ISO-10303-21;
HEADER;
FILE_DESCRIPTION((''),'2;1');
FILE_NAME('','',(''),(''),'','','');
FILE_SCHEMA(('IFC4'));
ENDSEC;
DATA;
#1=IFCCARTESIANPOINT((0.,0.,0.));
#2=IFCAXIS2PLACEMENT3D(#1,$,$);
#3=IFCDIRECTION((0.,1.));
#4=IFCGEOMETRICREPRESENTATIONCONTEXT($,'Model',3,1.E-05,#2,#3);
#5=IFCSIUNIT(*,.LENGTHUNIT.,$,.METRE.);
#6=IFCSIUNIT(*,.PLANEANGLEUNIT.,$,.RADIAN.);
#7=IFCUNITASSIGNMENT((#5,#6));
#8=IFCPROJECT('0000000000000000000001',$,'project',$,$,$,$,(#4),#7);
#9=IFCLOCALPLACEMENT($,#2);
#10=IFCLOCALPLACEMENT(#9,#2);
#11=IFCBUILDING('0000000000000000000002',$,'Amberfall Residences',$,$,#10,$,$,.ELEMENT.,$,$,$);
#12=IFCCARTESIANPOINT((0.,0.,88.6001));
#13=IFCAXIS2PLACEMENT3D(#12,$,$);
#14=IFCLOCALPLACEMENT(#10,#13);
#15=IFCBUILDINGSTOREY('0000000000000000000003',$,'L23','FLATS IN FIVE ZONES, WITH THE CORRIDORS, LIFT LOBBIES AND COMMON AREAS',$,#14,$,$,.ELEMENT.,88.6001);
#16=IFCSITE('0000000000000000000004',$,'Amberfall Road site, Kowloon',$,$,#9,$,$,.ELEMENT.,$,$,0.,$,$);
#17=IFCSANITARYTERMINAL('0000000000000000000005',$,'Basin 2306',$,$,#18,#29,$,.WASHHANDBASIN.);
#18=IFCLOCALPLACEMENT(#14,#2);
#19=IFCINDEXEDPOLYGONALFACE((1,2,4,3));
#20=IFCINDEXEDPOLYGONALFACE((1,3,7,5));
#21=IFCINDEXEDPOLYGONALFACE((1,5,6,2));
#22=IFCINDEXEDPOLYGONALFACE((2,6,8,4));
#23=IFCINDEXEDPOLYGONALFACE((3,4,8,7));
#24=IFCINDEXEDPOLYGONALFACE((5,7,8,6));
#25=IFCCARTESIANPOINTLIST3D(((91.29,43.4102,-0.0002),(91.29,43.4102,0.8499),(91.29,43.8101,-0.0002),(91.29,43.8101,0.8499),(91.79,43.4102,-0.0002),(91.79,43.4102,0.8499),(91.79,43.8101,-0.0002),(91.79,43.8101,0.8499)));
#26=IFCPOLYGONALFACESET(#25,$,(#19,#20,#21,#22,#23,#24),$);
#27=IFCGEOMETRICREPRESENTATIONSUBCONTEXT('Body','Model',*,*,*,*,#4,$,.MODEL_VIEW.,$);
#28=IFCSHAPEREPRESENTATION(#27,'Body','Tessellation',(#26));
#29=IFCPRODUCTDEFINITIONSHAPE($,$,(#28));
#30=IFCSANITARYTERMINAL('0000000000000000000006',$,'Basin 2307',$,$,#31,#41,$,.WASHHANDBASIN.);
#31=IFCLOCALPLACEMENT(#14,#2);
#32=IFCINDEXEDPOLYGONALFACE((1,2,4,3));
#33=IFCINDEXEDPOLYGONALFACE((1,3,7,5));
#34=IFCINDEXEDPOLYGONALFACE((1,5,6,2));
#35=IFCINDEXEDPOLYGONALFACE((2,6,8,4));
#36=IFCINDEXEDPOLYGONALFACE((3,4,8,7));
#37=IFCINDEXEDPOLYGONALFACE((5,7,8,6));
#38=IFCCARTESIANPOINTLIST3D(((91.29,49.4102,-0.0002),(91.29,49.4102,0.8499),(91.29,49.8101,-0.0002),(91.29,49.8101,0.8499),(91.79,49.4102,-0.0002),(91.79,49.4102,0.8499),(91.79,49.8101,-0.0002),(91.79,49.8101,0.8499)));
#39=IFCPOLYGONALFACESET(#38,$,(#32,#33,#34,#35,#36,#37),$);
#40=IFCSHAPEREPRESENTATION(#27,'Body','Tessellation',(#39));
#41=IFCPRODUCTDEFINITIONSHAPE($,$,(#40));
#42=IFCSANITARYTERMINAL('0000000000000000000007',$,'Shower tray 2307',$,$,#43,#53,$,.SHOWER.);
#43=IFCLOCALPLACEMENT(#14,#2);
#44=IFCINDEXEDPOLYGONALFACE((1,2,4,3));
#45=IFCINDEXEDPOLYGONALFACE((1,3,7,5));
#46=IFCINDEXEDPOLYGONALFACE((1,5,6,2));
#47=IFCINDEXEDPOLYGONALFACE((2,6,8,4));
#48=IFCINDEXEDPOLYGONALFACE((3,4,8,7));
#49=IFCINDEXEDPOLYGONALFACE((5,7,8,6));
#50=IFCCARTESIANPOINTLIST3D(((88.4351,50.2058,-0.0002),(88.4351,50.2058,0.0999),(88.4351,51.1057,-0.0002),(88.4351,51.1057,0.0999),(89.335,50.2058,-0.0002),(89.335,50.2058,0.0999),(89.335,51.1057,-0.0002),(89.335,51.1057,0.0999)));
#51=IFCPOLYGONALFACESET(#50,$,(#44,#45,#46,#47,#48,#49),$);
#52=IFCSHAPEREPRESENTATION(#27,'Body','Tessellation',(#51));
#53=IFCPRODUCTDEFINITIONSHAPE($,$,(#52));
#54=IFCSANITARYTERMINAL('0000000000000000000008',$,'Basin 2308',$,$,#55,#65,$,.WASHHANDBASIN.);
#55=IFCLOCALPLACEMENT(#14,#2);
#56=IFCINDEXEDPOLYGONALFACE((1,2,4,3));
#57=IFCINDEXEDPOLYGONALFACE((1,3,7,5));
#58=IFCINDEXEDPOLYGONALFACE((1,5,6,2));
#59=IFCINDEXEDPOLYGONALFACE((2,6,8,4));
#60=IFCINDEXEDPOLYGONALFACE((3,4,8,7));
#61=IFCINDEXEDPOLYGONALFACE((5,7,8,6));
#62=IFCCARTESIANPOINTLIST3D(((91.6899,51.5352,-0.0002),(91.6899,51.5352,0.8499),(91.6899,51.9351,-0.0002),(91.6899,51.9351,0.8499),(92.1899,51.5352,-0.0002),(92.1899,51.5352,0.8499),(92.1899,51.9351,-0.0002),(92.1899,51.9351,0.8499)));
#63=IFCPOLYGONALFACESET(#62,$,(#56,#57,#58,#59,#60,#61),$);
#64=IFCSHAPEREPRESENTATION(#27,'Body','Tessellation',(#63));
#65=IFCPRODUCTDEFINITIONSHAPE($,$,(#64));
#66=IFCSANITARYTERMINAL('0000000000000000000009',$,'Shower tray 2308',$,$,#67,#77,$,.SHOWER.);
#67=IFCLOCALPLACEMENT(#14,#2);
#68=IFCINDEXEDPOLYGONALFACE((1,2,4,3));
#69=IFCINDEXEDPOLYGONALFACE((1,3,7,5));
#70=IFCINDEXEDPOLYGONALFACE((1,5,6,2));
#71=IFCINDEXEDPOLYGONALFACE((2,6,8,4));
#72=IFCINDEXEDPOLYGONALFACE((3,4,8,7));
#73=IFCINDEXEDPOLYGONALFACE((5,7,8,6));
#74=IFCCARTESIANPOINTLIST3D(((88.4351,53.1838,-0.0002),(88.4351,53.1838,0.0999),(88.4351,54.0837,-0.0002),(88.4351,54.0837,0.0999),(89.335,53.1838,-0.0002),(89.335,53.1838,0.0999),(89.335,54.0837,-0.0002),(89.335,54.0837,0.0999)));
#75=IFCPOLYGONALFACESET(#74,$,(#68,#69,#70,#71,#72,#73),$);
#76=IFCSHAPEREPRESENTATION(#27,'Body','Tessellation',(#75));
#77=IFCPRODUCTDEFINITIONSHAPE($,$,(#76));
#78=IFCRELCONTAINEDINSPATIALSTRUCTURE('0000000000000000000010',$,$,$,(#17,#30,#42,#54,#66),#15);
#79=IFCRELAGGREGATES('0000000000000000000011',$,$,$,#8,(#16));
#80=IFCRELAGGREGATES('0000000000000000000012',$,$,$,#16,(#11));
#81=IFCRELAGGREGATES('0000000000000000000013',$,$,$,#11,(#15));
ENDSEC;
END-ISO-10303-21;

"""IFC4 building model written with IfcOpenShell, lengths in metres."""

from ifc_helpers import new_model, si_unit, direction, frame, origin, origin_2d, place, context, subcontext, project, spatial, rectangle, extrude, element, save


model = new_model("IFC4")

# Units and contexts
model_context = context("Model", 3, precision=1e-05, world=origin(), true_north=direction((0.0, 1.0)))
body_context = subcontext(model_context, "Body", "Model", "MODEL_VIEW")
ifc_project = project(units=[si_unit("LENGTHUNIT", "METRE"), si_unit("PLANEANGLEUNIT", "RADIAN")], contexts=[model_context])

# Site, building, storey
site_placement = place(None, origin())
site = spatial("IfcSite", under=ifc_project, at=site_placement, Name="Amberfall Road site, Kowloon", CompositionType="ELEMENT", RefElevation=0.0)
building_placement = place(site_placement, origin())
building = spatial("IfcBuilding", under=site, at=building_placement, Name="Amberfall Residences", CompositionType="ELEMENT")
storey_placement = place(building_placement, frame((0.0, 0.0, 88.6001)))
storey = spatial("IfcBuildingStorey", under=building, at=storey_placement, Name="L23", Description="FLATS IN FIVE ZONES, WITH THE CORRIDORS, LIFT LOBBIES AND COMMON AREAS", CompositionType="ELEMENT", Elevation=88.6001)

# Sanitary terminals
for number, where, z_axis, x_axis, name in (
    (1, (91.54, 43.6101, -0.0002), (0.0, 0.0, 1.0), (1.0, 0.0, 0.0), "Basin 2306"),
    (2, (91.54, 49.6101, -0.0002), (0.0, 0.0, 1.0), (1.0, 0.0, 0.0), "Basin 2307"),
):
    element("IfcSanitaryTerminal", number, at=place(storey_placement, frame(where, z_axis=z_axis, x_axis=x_axis)), inside=storey, Name=name, PredefinedType="WASHHANDBASIN", context=body_context, shape_type="SweptSolid", body=[
        extrude(rectangle(XDim=0.5, YDim=0.3999, at=origin_2d()), origin(), (0.0, 0.0, 1.0), 0.8501),
    ])
sanitary_terminal_1_placement = place(storey_placement, frame((88.885, 50.6558, -0.0002), z_axis=(0.0, 0.0, 1.0), x_axis=(1.0, 0.0, 0.0)))
element("IfcSanitaryTerminal", 3, at=sanitary_terminal_1_placement, inside=storey, Name="Shower tray 2307", PredefinedType="SHOWER", context=body_context, shape_type="SweptSolid", body=[
    extrude(rectangle(XDim=0.8999, YDim=0.8999, at=origin_2d()), origin(), (0.0, 0.0, 1.0), 0.1001),
])
sanitary_terminal_2_placement = place(storey_placement, frame((91.9399, 51.7351, -0.0002), z_axis=(0.0, 0.0, 1.0), x_axis=(1.0, 0.0, 0.0)))
element("IfcSanitaryTerminal", 4, at=sanitary_terminal_2_placement, inside=storey, Name="Basin 2308", PredefinedType="WASHHANDBASIN", context=body_context, shape_type="SweptSolid", body=[
    extrude(rectangle(XDim=0.5, YDim=0.3999, at=origin_2d()), origin(), (0.0, 0.0, 1.0), 0.8501),
])
sanitary_terminal_3_placement = place(storey_placement, frame((88.885, 53.6338, -0.0002), z_axis=(0.0, 0.0, 1.0), x_axis=(1.0, 0.0, 0.0)))
element("IfcSanitaryTerminal", 5, at=sanitary_terminal_3_placement, inside=storey, Name="Shower tray 2308", PredefinedType="SHOWER", context=body_context, shape_type="SweptSolid", body=[
    extrude(rectangle(XDim=0.8999, YDim=0.8999, at=origin_2d()), origin(), (0.0, 0.0, 1.0), 0.1001),
])

save(model, "model.ifc")
